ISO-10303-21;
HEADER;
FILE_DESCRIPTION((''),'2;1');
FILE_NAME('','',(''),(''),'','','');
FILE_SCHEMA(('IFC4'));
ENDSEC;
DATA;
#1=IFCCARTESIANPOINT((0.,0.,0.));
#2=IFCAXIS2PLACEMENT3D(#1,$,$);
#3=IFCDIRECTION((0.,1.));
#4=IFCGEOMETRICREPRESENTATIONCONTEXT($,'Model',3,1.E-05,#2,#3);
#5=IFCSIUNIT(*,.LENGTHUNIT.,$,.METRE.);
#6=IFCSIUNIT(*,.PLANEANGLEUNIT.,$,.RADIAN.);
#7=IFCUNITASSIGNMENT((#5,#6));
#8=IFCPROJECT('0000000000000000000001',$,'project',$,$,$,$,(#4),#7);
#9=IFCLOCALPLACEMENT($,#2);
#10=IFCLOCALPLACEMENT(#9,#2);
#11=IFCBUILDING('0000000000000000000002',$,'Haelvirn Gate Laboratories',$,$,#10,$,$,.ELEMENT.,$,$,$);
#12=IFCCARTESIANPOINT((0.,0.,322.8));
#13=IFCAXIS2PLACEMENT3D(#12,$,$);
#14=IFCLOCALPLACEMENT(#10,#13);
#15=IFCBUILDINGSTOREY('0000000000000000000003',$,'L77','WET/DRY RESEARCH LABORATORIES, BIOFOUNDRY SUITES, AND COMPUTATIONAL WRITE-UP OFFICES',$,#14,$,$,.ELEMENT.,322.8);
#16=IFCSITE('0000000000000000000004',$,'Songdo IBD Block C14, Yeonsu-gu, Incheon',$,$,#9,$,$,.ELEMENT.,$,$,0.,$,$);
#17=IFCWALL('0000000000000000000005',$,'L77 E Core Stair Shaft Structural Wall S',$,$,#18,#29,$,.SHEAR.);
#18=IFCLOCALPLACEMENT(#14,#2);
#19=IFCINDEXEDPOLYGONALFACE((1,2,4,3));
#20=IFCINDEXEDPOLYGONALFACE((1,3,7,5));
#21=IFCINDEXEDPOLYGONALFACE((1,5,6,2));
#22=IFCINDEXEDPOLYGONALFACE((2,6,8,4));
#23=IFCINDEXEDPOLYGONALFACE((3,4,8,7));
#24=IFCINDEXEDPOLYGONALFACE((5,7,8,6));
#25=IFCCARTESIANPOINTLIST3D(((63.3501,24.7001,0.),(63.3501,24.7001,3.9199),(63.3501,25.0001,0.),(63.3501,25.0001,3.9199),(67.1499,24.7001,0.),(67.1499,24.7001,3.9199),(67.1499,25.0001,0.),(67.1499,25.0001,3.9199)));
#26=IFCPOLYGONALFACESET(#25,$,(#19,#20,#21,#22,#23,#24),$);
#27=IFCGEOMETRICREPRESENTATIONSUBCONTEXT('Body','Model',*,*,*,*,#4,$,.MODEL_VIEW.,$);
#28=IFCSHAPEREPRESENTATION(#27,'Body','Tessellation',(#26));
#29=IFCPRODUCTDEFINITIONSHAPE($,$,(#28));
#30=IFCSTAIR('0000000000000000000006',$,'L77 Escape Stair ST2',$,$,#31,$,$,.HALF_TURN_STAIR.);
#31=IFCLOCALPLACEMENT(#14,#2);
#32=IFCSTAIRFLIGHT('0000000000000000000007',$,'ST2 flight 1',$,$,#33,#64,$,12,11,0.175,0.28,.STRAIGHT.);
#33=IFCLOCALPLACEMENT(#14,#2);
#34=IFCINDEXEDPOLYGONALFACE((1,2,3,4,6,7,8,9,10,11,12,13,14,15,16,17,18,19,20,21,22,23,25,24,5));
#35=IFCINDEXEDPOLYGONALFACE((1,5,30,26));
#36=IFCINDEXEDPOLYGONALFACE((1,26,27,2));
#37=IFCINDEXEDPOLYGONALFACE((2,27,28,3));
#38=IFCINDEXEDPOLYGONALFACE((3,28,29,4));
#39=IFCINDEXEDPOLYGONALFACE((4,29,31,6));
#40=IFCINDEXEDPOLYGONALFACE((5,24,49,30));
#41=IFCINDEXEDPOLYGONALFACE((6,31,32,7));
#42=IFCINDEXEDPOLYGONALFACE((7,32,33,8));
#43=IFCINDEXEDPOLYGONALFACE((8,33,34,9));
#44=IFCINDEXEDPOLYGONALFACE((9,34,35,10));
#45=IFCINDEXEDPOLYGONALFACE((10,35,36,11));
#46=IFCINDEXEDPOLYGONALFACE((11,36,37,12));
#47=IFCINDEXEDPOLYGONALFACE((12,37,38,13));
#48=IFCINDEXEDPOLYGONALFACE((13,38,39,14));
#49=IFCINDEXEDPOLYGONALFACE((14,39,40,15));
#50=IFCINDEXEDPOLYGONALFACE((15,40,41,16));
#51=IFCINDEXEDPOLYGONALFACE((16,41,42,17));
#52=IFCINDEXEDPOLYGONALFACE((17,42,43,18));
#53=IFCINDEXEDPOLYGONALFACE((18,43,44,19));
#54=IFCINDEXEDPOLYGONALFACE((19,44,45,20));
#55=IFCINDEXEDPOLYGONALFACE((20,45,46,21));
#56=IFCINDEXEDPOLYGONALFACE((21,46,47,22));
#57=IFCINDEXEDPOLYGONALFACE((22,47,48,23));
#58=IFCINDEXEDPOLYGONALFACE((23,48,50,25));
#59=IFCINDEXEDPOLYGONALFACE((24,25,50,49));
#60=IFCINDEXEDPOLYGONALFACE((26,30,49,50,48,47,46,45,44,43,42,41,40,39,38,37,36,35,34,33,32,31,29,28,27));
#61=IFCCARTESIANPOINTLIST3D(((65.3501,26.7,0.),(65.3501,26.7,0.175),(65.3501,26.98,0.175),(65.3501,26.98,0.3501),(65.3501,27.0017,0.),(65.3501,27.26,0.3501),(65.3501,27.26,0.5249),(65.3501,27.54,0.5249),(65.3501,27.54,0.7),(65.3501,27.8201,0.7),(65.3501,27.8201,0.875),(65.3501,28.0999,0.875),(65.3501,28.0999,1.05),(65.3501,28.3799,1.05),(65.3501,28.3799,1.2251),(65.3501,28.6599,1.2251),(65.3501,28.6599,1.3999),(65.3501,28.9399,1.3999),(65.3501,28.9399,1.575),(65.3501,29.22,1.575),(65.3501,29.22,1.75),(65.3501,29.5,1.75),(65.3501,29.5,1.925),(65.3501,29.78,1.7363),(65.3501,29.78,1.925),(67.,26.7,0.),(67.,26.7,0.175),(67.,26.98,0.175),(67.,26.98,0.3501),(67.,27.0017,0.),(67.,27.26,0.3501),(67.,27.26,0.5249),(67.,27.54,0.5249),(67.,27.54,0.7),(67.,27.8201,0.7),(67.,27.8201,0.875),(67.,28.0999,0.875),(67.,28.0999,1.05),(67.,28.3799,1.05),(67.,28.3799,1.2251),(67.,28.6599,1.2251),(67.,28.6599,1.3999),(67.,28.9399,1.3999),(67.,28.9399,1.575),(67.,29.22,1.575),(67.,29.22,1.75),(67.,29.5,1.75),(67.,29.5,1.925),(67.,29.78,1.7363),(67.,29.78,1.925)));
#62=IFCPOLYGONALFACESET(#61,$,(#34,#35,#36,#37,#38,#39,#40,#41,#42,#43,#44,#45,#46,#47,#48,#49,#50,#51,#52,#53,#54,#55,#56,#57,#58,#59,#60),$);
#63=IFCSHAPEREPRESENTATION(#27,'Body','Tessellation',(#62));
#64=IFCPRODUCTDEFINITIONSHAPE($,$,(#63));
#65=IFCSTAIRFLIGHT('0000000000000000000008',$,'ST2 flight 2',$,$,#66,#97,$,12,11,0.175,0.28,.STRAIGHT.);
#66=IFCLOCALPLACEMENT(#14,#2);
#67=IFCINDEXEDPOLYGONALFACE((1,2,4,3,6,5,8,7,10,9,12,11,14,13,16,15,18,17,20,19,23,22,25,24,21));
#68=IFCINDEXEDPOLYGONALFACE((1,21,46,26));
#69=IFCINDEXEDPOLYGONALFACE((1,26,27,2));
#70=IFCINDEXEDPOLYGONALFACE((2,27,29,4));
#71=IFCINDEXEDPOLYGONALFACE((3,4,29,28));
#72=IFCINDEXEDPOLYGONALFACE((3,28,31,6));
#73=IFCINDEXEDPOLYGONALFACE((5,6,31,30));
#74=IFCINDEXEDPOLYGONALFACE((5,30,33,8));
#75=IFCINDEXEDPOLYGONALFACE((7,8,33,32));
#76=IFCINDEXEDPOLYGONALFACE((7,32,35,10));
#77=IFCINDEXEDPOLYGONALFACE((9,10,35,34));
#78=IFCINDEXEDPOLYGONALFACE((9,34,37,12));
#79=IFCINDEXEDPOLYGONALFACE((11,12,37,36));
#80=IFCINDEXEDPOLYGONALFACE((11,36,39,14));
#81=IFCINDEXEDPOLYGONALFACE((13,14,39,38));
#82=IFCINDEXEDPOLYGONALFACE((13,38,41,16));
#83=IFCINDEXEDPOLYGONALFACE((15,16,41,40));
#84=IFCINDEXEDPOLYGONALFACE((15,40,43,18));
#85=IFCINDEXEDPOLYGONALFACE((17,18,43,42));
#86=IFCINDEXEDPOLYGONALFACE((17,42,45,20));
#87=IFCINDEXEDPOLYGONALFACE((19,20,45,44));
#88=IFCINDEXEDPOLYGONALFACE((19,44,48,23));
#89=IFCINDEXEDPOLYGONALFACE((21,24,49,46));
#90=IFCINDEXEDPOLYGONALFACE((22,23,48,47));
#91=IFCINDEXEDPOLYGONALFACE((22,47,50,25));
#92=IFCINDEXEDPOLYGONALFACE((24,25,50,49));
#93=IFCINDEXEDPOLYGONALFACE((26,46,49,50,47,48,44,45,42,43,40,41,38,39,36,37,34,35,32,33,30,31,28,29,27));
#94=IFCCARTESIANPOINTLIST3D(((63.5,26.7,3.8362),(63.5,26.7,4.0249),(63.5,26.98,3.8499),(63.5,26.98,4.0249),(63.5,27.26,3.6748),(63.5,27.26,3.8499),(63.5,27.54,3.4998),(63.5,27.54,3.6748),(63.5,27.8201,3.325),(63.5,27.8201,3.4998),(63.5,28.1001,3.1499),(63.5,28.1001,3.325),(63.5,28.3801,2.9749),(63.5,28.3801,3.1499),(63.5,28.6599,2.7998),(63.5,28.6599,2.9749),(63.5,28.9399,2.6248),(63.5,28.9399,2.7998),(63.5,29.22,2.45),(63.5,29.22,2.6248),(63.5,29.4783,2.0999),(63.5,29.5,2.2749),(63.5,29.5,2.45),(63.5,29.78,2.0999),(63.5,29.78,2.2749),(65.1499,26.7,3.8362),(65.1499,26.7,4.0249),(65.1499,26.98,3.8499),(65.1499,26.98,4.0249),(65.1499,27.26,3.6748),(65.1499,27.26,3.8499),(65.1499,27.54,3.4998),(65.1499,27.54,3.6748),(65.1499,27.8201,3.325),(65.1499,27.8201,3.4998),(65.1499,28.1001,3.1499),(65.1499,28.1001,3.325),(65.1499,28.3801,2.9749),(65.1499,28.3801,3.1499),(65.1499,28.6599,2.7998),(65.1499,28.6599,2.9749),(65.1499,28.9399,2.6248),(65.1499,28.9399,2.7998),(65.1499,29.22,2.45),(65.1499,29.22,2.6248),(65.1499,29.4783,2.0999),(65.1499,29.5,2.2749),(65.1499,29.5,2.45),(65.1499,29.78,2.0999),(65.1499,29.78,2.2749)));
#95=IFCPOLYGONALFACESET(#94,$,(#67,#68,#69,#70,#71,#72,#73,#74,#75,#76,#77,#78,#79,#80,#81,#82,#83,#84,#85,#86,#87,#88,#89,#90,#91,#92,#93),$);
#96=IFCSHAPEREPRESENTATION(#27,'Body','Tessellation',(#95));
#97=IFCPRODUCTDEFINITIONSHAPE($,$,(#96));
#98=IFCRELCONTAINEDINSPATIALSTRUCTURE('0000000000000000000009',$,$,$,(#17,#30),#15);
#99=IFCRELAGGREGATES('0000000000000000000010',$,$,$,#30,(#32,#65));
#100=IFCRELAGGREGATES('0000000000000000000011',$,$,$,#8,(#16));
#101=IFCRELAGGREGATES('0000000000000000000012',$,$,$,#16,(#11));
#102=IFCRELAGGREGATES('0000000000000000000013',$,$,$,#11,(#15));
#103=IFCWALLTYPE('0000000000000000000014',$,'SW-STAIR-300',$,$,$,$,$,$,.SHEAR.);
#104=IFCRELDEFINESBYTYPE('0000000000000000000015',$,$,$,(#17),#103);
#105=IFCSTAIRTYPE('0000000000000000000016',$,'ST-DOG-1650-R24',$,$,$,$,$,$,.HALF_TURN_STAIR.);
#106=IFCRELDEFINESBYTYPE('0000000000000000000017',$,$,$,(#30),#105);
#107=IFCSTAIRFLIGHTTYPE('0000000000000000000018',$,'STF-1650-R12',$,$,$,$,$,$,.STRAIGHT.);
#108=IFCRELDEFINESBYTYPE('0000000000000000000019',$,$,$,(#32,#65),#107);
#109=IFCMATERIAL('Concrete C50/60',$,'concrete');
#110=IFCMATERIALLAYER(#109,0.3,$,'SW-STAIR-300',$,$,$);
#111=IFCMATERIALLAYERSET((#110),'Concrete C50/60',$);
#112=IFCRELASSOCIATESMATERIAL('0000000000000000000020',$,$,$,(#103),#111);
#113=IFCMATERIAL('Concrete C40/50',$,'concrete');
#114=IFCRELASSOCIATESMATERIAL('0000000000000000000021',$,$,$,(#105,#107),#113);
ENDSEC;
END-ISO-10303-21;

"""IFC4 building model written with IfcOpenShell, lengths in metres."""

from ifc_helpers import new_model, si_unit, direction, frame, frame_2d, origin, place, context, subcontext, project, spatial, polyline, rectangle, outline, extrude, source, transform, mapped, material, layer, layer_set, type_object, type_shapes, element, aggregate, save


model = new_model("IFC4")

# Units and contexts
model_context = context("Model", 3, precision=1e-05, world=origin(), true_north=direction((0.0, 1.0)))
body_context = subcontext(model_context, "Body", "Model", "MODEL_VIEW")
ifc_project = project(units=[si_unit("LENGTHUNIT", "METRE"), si_unit("PLANEANGLEUNIT", "RADIAN")], contexts=[model_context])

# Site, building, storey
site_placement = place(None, origin())
site = spatial("IfcSite", under=ifc_project, at=site_placement, Name="Songdo IBD Block C14, Yeonsu-gu, Incheon", CompositionType="ELEMENT", RefElevation=0.0)
building_placement = place(site_placement, origin())
building = spatial("IfcBuilding", under=site, at=building_placement, Name="Haelvirn Gate Laboratories", CompositionType="ELEMENT")
storey_placement = place(building_placement, frame((0.0, 0.0, 322.8)))
storey = spatial("IfcBuildingStorey", under=building, at=storey_placement, Name="L77", Description="WET/DRY RESEARCH LABORATORIES, BIOFOUNDRY SUITES, AND COMPUTATIONAL WRITE-UP OFFICES", CompositionType="ELEMENT", Elevation=322.8)

# Shared definitions
ifc_material_1 = material(Name="Concrete C40/50", Category="concrete")

# Shared definitions
ifc_material_2 = material(Name="Concrete C50/60", Category="concrete")

# Shared definitions
ifc_layer_1 = layer(ifc_material_2, 0.3, Name="SW-STAIR-300")
ifc_layer_set_1 = layer_set([ifc_layer_1], Name="Concrete C50/60")
wall_type_1 = type_object("IfcWallType", Name="SW-STAIR-300", PredefinedType="SHEAR", material=ifc_layer_set_1)

# Wall
wall_1_placement = place(storey_placement, frame((63.3501, 24.8501, 0.0), z_axis=(0.0, 0.0, 1.0), x_axis=(1.0, 0.0, 0.0)))
element("IfcWall", 1, at=wall_1_placement, inside=storey, type_object=wall_type_1, Name="L77 E Core Stair Shaft Structural Wall S", PredefinedType="SHEAR", context=body_context, shape_type="SweptSolid", body=[
    extrude(rectangle(XDim=3.7998, YDim=0.3, at=frame_2d((1.8999, 0.0))), origin(), (0.0, 0.0, 1.0), 3.9199),
])

# Stair, stair flights
stair_type = type_object("IfcStairType", Name="ST-DOG-1650-R24", PredefinedType="HALF_TURN_STAIR", material=ifc_material_1)
stair_placement = place(storey_placement, origin())
stair = element("IfcStair", 2, at=stair_placement, inside=storey, type_object=stair_type, Name="L77 Escape Stair ST2", PredefinedType="HALF_TURN_STAIR")
stair_flight_type = type_object("IfcStairFlightType", Name="STF-1650-R12", PredefinedType="STRAIGHT", material=ifc_material_1)
shared_shape_1 = source(origin(), body_context, "Body", "SweptSolid", [
    extrude(outline(polyline([(0.0, 0.0), (0.0, 0.175), (0.28, 0.175), (0.28, 0.3501), (0.5601, 0.3501), (0.5601, 0.5249), (0.8401, 0.5249), (0.8401, 0.7), (1.1201, 0.7), (1.1201, 0.875), (1.3999, 0.875), (1.3999, 1.05), (1.6799, 1.05), (1.6799, 1.2251), (1.96, 1.2251), (1.96, 1.3999), (2.24, 1.3999), (2.24, 1.575), (2.52, 1.575), (2.52, 1.75), (2.8, 1.75), (2.8, 1.925), (3.0801, 1.925), (3.0801, 2.1001), (3.0801, 1.7363), (0.3018, 0.0), (0.0, 0.0)])), frame((0.0, 0.825, 0.0), z_axis=(0.0, -1.0, 0.0), x_axis=(1.0, 0.0, 0.0)), (0.0, 0.0, 1.0), 1.6499),
])
type_shapes(stair_flight_type, [shared_shape_1])
stair_flight_1_placement = place(storey_placement, frame((66.175, 26.7, 0.0), z_axis=(0.0, 0.0, 1.0), x_axis=(0.0, 1.0, 0.0)))
stair_flight_1 = element("IfcStairFlight", 3, at=stair_flight_1_placement, type_object=stair_flight_type, Name="ST2 flight 1", NumberOfRisers=12, NumberOfTreads=11, PredefinedType="STRAIGHT", RiserHeight=0.175, TreadLength=0.28, context=body_context, shape_type="MappedRepresentation", body=[
    mapped(shared_shape_1, transform((0.0, 0.0, 0.0), scale=1.0)),
])
stair_flight_2_placement = place(storey_placement, frame((64.325, 29.78, 2.0999), z_axis=(0.0, 0.0, 1.0), x_axis=(0.0, -1.0, 0.0)))
stair_flight_2 = element("IfcStairFlight", 4, at=stair_flight_2_placement, type_object=stair_flight_type, Name="ST2 flight 2", NumberOfRisers=12, NumberOfTreads=11, PredefinedType="STRAIGHT", RiserHeight=0.175, TreadLength=0.28, context=body_context, shape_type="MappedRepresentation", body=[
    mapped(shared_shape_1, transform((0.0, 0.0, 0.0), scale=1.0)),
])
aggregate(stair, [stair_flight_1, stair_flight_2])

save(model, "model.ifc")
